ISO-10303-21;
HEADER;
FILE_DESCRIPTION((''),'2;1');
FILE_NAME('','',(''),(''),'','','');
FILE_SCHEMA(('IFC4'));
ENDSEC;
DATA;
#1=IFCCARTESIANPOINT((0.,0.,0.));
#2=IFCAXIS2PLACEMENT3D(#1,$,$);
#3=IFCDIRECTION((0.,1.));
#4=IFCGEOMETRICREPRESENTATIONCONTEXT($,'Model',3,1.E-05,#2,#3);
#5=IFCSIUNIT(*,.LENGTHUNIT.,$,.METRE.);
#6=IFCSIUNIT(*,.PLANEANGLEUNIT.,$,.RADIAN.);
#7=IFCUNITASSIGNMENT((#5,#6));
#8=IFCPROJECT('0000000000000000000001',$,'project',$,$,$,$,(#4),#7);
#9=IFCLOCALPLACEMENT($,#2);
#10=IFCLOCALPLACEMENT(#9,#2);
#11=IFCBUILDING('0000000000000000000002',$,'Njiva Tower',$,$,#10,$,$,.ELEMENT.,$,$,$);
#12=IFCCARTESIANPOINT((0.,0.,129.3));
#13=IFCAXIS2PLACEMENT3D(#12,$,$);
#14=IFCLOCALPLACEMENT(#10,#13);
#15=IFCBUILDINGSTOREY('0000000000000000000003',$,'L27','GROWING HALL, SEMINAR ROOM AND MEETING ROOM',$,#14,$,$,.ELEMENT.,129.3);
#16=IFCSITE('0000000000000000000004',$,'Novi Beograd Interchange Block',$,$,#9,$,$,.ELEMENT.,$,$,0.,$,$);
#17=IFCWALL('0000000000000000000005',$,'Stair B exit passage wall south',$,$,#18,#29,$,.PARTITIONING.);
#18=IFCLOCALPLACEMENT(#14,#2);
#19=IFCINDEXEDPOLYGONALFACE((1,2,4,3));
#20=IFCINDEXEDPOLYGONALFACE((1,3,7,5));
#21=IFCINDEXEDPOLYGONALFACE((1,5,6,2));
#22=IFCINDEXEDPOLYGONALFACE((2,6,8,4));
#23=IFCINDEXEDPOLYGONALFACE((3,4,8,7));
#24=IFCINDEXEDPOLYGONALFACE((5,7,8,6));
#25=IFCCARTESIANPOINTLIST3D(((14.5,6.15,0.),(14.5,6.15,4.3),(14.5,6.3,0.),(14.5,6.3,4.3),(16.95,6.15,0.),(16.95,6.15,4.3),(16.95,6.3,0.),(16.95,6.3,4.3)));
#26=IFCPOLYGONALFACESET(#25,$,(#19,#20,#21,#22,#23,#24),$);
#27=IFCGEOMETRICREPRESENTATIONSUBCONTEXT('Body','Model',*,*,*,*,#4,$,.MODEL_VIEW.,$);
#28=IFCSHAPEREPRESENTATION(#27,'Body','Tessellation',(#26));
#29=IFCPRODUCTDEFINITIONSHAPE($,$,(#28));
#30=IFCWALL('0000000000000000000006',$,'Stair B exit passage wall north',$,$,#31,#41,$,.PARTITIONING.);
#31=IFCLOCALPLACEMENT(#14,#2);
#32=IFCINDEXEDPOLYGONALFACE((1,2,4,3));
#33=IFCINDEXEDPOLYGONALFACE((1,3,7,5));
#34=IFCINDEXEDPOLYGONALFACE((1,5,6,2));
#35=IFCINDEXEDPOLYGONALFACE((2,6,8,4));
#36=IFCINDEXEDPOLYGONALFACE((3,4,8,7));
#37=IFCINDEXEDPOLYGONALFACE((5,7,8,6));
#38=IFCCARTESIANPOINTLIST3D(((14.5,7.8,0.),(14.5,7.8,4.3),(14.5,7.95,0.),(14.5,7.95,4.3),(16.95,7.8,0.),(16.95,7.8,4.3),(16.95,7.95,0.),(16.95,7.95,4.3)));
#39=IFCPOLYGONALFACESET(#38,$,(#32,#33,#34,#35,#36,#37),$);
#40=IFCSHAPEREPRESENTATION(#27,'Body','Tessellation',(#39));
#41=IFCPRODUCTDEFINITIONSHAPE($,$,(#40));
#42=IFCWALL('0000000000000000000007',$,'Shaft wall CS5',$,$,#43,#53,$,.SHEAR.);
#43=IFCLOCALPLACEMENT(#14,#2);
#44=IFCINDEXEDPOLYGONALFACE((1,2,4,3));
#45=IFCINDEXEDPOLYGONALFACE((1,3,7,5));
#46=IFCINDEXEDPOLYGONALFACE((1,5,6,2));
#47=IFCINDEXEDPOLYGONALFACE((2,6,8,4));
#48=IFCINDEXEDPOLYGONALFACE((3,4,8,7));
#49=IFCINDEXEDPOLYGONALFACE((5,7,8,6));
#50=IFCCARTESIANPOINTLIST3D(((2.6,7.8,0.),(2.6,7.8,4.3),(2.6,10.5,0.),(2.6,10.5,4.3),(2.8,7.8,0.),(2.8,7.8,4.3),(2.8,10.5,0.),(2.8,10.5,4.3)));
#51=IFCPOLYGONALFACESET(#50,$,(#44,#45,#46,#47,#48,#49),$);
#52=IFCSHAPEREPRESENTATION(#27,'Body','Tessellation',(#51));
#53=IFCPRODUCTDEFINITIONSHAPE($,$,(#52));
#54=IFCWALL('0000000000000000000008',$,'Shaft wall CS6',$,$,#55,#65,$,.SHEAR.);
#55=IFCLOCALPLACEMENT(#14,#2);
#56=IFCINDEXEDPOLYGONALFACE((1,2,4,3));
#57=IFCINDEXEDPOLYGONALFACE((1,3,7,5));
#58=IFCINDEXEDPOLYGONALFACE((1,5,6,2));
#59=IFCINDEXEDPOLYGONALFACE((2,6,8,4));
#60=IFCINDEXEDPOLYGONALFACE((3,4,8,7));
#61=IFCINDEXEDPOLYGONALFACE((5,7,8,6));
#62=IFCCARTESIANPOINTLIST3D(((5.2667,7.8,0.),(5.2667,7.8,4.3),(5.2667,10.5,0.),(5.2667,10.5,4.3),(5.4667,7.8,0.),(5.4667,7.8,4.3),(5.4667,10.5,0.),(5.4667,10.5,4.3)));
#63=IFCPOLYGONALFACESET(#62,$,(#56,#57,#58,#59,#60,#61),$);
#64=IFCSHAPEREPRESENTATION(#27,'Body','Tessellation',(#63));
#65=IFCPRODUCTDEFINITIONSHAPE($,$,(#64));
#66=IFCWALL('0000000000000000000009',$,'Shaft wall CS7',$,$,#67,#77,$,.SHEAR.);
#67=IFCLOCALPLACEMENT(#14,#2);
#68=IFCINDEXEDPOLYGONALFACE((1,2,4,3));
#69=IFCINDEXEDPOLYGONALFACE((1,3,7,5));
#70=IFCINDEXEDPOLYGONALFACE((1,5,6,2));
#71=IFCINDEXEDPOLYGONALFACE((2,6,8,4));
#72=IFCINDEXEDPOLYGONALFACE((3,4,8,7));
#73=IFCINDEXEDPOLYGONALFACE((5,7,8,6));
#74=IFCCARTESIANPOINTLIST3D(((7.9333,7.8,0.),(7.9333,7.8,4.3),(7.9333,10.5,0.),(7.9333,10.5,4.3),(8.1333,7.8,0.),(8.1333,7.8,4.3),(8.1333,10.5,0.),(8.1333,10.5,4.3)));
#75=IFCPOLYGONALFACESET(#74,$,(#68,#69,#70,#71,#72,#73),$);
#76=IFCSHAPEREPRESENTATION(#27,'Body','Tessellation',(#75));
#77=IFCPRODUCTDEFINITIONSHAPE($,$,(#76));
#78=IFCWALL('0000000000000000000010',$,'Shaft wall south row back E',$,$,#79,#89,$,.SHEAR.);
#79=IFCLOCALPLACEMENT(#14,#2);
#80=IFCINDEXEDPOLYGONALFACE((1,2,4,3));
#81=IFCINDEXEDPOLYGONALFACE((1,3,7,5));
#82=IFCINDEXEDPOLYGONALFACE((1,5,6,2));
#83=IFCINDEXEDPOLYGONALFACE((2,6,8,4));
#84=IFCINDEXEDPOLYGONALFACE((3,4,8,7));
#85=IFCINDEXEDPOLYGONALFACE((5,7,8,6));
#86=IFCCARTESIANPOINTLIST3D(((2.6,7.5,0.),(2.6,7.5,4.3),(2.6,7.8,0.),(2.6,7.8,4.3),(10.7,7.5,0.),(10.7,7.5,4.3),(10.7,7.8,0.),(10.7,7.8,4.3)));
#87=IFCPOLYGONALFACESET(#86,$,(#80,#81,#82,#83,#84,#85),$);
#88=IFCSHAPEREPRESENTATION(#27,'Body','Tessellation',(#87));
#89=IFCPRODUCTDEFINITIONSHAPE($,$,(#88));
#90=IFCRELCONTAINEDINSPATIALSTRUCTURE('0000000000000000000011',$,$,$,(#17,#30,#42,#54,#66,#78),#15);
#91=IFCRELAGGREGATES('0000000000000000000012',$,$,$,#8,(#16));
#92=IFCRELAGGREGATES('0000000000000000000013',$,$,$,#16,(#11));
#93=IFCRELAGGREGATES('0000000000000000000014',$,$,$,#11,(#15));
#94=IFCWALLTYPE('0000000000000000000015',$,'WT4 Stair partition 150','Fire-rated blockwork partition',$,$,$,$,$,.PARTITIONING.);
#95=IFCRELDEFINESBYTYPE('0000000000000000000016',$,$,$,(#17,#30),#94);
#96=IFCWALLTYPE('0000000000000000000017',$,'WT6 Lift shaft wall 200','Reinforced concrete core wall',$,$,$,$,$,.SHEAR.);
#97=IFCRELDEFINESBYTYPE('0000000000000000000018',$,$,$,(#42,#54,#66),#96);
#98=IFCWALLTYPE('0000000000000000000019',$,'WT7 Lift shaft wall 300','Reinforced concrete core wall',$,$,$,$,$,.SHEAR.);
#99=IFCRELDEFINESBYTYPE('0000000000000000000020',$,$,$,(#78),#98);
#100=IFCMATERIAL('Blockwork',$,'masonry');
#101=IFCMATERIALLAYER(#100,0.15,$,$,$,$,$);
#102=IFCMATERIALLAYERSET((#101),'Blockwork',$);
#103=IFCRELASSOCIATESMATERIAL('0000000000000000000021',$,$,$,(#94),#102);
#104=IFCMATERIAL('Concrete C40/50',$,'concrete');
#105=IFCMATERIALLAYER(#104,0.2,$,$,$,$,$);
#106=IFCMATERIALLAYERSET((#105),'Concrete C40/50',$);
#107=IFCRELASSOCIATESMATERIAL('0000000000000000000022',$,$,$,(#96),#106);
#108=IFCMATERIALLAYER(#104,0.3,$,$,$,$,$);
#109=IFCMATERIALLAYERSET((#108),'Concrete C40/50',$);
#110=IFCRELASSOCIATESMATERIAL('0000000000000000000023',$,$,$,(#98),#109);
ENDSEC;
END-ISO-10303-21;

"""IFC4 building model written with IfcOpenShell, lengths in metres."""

from ifc_helpers import new_model, si_unit, direction, frame, frame_2d, origin, place, context, subcontext, project, spatial, rectangle, extrude, material, layer, layer_set, type_object, element, save


model = new_model("IFC4")

# Units and contexts
model_context = context("Model", 3, precision=1e-05, world=origin(), true_north=direction((0.0, 1.0)))
body_context = subcontext(model_context, "Body", "Model", "MODEL_VIEW")
ifc_project = project(units=[si_unit("LENGTHUNIT", "METRE"), si_unit("PLANEANGLEUNIT", "RADIAN")], contexts=[model_context])

# Site, building, storey
site_placement = place(None, origin())
site = spatial("IfcSite", under=ifc_project, at=site_placement, Name="Novi Beograd Interchange Block", CompositionType="ELEMENT", RefElevation=0.0)
building_placement = place(site_placement, origin())
building = spatial("IfcBuilding", under=site, at=building_placement, Name="Njiva Tower", CompositionType="ELEMENT")
storey_placement = place(building_placement, frame((0.0, 0.0, 129.3)))
storey = spatial("IfcBuildingStorey", under=building, at=storey_placement, Name="L27", Description="GROWING HALL, SEMINAR ROOM AND MEETING ROOM", CompositionType="ELEMENT", Elevation=129.3)

# Shared definitions
ifc_material_1 = material(Name="Blockwork", Category="masonry")

# Shared definitions
ifc_material_2 = material(Name="Concrete C40/50", Category="concrete")

# Walls
ifc_layer_1 = layer(ifc_material_1, 0.15)
ifc_layer_set_1 = layer_set([ifc_layer_1], Name="Blockwork")
wall_type_1 = type_object("IfcWallType", Name="WT4 Stair partition 150", Description="Fire-rated blockwork partition", PredefinedType="PARTITIONING", material=ifc_layer_set_1)
for number, where, z_axis, x_axis, name in (
    (1, (14.5, 6.225, 0.0), (0.0, 0.0, 1.0), (1.0, 0.0, 0.0), "Stair B exit passage wall south"),
    (2, (14.5, 7.875, 0.0), (0.0, 0.0, 1.0), (1.0, 0.0, 0.0), "Stair B exit passage wall north"),
):
    element("IfcWall", number, at=place(storey_placement, frame(where, z_axis=z_axis, x_axis=x_axis)), inside=storey, type_object=wall_type_1, Name=name, PredefinedType="PARTITIONING", context=body_context, shape_type="SweptSolid", body=[
        extrude(rectangle(XDim=2.45, YDim=0.15, at=frame_2d((1.225, 0.0))), origin(), (0.0, 0.0, 1.0), 4.3),
    ])
ifc_layer_2 = layer(ifc_material_2, 0.2)
ifc_layer_set_2 = layer_set([ifc_layer_2], Name="Concrete C40/50")
wall_type_2 = type_object("IfcWallType", Name="WT6 Lift shaft wall 200", Description="Reinforced concrete core wall", PredefinedType="SHEAR", material=ifc_layer_set_2)
for number, where, z_axis, x_axis, name in (
    (3, (2.7, 7.8, 0.0), (0.0, 0.0, 1.0), (0.0, 1.0, 0.0), "Shaft wall CS5"),
    (4, (5.3667, 7.8, 0.0), (0.0, 0.0, 1.0), (0.0, 1.0, 0.0), "Shaft wall CS6"),
    (5, (8.0333, 7.8, 0.0), (0.0, 0.0, 1.0), (0.0, 1.0, 0.0), "Shaft wall CS7"),
):
    element("IfcWall", number, at=place(storey_placement, frame(where, z_axis=z_axis, x_axis=x_axis)), inside=storey, type_object=wall_type_2, Name=name, PredefinedType="SHEAR", context=body_context, shape_type="SweptSolid", body=[
        extrude(rectangle(XDim=2.7, YDim=0.2, at=frame_2d((1.35, 0.0))), origin(), (0.0, 0.0, 1.0), 4.3),
    ])
ifc_layer_3 = layer(ifc_material_2, 0.3)
ifc_layer_set_3 = layer_set([ifc_layer_3], Name="Concrete C40/50")
wall_type_3 = type_object("IfcWallType", Name="WT7 Lift shaft wall 300", Description="Reinforced concrete core wall", PredefinedType="SHEAR", material=ifc_layer_set_3)
wall_1_placement = place(storey_placement, frame((2.6, 7.65, 0.0), z_axis=(0.0, 0.0, 1.0), x_axis=(1.0, 0.0, 0.0)))
element("IfcWall", 6, at=wall_1_placement, inside=storey, type_object=wall_type_3, Name="Shaft wall south row back E", PredefinedType="SHEAR", context=body_context, shape_type="SweptSolid", body=[
    extrude(rectangle(XDim=8.1, YDim=0.3, at=frame_2d((4.05, 0.0))), origin(), (0.0, 0.0, 1.0), 4.3),
])

save(model, "model.ifc")
